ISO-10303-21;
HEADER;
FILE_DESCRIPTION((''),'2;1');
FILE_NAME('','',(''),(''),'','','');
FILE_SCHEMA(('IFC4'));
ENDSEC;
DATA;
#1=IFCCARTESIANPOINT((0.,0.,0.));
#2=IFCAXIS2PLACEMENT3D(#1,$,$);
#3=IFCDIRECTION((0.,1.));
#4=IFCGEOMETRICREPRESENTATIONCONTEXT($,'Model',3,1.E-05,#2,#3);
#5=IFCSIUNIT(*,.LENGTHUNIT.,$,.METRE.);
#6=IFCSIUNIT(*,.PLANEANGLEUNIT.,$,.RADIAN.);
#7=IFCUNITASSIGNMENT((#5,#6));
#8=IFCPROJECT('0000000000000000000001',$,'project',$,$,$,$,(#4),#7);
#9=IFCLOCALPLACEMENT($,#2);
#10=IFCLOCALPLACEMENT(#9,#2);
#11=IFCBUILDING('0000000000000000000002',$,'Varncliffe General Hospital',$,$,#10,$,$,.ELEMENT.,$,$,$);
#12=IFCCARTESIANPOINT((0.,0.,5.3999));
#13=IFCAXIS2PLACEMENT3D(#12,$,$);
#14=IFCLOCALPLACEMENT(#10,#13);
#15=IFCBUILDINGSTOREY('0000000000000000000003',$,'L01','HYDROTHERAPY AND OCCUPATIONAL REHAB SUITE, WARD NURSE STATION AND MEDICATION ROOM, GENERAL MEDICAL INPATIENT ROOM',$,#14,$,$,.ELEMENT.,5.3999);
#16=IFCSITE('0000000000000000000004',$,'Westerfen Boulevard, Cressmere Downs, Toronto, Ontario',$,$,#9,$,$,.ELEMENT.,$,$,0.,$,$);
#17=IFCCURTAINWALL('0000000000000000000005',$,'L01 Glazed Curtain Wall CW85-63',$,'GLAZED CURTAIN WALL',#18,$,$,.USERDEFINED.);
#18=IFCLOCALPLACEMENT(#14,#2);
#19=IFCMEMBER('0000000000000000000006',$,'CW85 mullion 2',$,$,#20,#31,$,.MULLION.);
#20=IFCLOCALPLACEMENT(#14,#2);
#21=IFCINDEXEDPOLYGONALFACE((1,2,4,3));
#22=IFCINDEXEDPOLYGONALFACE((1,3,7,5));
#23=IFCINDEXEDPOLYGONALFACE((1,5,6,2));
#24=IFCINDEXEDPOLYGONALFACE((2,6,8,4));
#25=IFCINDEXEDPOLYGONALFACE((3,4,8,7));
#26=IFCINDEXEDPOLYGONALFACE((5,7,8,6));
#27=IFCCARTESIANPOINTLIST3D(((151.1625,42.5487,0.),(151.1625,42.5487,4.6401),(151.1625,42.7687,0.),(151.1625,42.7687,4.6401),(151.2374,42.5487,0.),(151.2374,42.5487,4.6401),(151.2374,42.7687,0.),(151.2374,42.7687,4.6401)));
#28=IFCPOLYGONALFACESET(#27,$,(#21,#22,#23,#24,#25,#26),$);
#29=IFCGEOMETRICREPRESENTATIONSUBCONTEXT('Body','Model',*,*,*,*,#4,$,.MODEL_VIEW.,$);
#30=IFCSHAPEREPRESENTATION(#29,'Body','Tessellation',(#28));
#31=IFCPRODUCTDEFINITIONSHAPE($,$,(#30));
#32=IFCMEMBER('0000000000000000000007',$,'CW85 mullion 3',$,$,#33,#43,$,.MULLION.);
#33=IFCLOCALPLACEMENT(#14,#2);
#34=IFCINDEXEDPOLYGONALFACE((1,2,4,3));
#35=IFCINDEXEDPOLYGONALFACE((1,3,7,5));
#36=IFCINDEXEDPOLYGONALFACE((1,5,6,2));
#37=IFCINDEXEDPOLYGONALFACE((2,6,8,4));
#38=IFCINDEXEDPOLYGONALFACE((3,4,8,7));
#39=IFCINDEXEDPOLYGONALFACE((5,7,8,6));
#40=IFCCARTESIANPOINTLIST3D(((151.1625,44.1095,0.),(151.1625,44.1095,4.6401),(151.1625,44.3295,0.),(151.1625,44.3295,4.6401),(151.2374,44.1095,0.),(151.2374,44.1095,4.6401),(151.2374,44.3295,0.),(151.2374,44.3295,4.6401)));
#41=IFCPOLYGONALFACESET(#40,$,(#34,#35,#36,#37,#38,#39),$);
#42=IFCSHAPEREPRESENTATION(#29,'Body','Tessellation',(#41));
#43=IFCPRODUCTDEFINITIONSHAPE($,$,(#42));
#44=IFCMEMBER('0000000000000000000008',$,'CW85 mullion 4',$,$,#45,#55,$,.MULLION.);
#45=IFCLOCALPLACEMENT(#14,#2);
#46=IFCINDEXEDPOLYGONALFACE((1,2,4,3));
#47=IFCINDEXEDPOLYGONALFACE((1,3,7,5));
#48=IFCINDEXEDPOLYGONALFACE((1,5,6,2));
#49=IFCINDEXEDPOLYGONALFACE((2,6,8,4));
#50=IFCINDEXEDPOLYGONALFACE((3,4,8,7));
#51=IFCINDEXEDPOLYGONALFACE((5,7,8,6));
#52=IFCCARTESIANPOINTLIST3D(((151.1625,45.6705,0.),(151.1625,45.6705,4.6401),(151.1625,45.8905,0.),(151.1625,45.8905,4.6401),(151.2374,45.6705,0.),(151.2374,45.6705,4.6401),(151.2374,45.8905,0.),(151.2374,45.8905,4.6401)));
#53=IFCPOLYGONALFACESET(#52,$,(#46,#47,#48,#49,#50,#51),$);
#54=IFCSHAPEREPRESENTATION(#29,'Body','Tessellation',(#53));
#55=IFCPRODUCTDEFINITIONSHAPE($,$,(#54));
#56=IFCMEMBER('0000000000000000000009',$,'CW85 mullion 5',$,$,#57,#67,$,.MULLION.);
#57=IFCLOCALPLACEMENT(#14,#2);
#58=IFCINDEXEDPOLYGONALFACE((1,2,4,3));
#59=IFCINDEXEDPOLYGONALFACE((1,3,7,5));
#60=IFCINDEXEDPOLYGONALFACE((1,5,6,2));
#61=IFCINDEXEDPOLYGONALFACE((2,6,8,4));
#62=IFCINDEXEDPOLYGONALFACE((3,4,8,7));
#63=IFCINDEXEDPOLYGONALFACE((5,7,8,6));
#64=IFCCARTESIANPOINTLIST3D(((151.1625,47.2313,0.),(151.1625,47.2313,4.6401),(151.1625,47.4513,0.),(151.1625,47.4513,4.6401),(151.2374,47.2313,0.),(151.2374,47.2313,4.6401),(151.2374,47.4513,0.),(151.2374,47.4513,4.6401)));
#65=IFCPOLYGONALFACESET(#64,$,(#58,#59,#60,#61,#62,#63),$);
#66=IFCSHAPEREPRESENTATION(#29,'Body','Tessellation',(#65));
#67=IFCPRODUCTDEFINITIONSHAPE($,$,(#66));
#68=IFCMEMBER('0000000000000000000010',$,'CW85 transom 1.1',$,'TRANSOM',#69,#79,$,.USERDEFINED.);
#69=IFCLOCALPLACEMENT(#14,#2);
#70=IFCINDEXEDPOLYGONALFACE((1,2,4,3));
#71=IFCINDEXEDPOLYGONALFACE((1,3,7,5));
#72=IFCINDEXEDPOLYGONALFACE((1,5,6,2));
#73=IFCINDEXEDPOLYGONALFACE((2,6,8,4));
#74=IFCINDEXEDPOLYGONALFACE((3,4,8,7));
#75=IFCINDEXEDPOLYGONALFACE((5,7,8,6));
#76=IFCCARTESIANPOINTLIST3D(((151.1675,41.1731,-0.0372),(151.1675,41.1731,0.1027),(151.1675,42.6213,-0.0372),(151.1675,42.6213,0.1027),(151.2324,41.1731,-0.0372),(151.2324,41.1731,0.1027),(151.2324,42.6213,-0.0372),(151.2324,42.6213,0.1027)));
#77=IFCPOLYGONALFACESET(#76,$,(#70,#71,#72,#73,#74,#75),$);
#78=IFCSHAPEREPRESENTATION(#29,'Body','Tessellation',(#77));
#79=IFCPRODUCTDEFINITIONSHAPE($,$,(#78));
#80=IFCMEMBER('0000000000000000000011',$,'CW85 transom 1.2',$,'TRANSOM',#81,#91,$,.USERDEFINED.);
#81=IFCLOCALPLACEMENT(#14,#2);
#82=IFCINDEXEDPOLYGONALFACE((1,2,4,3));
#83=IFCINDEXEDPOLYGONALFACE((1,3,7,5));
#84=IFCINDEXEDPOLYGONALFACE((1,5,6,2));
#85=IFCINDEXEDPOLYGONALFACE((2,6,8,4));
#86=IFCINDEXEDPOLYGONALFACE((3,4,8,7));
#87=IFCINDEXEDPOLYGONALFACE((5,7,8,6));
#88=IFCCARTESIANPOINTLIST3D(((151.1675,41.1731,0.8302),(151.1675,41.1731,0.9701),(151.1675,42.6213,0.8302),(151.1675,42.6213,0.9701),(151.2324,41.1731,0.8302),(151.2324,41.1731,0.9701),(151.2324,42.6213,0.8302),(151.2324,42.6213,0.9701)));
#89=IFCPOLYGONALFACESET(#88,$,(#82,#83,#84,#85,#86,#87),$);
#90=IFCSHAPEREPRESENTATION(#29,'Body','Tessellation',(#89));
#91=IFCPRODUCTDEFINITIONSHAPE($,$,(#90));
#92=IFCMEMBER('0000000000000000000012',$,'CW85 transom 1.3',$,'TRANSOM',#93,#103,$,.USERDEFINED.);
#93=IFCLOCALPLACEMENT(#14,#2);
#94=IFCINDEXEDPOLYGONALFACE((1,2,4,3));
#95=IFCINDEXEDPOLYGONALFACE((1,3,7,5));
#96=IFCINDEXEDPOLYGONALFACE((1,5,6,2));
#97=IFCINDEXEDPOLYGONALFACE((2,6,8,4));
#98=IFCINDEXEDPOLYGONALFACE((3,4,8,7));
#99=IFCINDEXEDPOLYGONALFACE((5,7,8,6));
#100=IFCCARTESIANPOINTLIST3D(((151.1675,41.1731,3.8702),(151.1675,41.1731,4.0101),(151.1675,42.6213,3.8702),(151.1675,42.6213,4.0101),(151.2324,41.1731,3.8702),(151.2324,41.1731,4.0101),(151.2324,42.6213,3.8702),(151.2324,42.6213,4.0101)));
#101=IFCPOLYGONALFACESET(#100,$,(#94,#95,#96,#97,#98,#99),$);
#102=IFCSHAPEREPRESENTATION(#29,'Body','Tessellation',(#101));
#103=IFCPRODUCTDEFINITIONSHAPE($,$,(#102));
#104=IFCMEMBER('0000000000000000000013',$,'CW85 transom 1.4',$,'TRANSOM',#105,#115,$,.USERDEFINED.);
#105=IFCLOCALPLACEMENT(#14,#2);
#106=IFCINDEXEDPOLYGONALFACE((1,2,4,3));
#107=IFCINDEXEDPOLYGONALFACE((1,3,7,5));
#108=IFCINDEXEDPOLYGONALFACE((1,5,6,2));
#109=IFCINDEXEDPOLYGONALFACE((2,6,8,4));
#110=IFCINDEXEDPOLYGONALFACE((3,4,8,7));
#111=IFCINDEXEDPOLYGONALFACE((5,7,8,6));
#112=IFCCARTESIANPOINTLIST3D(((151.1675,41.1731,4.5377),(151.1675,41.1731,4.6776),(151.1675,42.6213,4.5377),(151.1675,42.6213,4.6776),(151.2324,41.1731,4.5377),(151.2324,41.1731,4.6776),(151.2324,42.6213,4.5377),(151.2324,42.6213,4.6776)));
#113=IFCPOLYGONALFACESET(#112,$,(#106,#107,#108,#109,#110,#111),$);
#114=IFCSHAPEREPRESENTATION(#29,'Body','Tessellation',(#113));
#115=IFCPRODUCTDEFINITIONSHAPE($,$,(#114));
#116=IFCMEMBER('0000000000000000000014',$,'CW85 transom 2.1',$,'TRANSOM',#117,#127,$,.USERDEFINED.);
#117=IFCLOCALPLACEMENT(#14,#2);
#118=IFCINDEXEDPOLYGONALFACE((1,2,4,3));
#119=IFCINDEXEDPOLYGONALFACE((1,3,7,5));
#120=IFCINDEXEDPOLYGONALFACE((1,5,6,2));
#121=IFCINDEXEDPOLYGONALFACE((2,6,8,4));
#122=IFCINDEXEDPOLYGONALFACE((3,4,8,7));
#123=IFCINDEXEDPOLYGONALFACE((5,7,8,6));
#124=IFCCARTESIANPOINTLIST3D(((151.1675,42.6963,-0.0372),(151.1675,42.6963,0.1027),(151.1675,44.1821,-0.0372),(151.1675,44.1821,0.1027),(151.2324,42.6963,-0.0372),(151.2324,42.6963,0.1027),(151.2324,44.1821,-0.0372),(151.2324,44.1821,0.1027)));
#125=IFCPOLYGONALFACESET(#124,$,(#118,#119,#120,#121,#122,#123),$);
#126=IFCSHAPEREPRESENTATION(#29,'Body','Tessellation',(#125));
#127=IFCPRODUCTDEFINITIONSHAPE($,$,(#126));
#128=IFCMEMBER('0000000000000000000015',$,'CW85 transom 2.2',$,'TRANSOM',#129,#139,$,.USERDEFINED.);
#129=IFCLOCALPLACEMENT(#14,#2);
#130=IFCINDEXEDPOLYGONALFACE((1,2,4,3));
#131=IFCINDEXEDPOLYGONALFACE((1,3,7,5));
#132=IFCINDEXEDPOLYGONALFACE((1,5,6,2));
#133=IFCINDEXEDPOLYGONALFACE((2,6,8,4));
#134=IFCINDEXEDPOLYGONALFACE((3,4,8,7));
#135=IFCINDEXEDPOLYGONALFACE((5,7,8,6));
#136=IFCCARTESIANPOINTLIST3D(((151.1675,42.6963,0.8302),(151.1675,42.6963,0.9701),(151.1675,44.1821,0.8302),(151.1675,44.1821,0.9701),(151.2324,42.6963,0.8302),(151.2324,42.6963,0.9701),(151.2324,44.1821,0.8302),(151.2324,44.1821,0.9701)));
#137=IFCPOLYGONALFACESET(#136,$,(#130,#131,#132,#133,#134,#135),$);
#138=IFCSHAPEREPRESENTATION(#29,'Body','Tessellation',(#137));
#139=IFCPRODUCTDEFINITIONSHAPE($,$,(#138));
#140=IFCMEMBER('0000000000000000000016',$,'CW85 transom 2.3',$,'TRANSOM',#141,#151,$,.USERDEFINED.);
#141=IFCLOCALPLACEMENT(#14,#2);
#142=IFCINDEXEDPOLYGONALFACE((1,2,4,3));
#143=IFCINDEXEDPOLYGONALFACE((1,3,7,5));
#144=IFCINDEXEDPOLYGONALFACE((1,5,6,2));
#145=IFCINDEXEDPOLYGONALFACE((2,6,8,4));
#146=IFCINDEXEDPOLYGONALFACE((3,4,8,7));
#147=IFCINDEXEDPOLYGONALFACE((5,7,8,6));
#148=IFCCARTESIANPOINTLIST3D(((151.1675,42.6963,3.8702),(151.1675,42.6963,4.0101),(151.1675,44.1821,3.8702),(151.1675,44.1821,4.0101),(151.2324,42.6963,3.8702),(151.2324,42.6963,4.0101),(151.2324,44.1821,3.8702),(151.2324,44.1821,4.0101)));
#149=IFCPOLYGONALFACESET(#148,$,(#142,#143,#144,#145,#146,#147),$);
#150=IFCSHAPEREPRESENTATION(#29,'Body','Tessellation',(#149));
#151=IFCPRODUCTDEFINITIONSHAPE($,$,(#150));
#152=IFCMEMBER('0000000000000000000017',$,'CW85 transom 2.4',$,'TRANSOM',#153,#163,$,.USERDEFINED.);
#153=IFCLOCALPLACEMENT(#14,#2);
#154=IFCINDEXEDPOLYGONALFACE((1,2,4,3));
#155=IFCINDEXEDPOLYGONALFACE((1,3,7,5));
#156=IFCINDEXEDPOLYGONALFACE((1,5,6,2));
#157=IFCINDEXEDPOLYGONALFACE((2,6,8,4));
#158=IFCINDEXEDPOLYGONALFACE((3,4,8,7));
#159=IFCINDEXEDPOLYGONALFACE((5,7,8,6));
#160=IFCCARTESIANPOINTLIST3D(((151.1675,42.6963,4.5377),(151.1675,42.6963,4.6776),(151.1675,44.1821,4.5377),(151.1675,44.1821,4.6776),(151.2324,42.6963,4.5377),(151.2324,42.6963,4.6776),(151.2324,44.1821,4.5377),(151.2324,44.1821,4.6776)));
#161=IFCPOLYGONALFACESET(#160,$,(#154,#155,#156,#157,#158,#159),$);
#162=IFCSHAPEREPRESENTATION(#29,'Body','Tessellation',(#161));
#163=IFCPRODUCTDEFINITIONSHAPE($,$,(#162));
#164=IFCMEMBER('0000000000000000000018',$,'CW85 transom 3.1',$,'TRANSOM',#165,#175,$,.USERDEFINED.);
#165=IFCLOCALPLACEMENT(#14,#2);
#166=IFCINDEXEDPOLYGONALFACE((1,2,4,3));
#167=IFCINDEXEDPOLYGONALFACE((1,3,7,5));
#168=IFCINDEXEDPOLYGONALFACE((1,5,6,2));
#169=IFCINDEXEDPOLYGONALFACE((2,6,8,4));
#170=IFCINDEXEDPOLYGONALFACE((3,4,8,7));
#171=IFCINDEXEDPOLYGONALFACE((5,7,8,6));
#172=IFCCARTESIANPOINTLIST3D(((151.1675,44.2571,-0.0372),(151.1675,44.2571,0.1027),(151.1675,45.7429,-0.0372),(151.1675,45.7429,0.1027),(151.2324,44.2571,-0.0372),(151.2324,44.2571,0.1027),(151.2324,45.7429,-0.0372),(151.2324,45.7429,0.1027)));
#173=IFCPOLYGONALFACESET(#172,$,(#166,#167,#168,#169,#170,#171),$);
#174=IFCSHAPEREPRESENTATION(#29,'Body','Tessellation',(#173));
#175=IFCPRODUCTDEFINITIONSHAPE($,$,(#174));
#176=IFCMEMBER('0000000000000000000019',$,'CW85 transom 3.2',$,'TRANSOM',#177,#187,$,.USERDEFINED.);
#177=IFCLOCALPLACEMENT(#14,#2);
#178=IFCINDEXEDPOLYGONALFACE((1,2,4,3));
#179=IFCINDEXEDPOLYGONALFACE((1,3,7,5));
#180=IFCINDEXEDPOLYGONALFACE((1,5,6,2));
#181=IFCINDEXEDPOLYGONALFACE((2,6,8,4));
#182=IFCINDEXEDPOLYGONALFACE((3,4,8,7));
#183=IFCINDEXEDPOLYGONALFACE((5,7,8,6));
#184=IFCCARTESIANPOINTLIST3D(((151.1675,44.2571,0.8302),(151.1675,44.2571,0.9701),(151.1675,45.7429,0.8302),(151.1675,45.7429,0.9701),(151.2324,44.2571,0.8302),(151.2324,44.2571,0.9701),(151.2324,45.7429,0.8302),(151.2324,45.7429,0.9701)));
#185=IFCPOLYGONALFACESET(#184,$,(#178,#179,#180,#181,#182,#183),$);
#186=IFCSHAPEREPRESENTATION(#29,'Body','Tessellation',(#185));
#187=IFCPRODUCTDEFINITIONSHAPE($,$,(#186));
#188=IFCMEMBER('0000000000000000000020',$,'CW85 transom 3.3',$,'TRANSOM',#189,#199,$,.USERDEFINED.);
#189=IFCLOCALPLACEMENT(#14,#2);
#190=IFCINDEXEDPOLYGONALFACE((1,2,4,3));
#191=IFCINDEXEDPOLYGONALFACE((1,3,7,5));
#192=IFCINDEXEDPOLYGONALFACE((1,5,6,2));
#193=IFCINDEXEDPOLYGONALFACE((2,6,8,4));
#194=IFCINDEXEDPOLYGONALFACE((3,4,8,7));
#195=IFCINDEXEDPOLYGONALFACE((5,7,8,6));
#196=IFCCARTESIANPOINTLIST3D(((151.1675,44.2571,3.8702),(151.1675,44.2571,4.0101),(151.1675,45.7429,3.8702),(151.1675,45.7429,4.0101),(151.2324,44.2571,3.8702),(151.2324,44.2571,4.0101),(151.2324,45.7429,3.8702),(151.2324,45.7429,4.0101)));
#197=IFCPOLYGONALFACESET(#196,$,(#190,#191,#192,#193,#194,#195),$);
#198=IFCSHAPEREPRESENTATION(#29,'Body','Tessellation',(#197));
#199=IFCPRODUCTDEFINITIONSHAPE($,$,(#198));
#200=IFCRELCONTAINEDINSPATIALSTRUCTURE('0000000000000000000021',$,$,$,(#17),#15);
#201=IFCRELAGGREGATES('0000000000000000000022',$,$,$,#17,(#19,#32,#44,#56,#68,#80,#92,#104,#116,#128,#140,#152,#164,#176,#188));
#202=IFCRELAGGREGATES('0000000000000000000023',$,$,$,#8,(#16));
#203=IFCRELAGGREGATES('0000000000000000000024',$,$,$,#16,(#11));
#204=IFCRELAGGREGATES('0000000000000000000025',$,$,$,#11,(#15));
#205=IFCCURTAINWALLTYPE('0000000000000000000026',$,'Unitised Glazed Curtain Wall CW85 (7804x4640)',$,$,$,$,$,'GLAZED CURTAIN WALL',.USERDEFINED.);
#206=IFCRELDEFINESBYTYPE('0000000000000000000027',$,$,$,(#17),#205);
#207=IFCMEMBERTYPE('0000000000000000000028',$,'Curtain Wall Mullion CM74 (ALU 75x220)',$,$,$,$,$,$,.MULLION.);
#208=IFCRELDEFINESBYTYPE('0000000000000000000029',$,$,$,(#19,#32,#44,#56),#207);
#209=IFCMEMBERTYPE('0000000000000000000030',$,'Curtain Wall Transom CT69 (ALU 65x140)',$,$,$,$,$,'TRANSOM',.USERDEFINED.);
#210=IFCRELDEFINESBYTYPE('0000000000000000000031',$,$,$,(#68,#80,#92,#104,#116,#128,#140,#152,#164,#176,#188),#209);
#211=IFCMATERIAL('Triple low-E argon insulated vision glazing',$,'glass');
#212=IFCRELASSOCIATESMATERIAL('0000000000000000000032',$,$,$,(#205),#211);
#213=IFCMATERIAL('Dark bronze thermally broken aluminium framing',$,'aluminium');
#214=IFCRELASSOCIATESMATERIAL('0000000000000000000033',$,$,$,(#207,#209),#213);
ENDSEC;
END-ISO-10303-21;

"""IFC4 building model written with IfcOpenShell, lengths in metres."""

from ifc_helpers import new_model, si_unit, direction, frame, origin, origin_2d, place, context, subcontext, project, spatial, rectangle, extrude, material, material_profile, profile_set, type_object, element, aggregate, save


model = new_model("IFC4")

# Units and contexts
model_context = context("Model", 3, precision=1e-05, world=origin(), true_north=direction((0.0, 1.0)))
body_context = subcontext(model_context, "Body", "Model", "MODEL_VIEW")
ifc_project = project(units=[si_unit("LENGTHUNIT", "METRE"), si_unit("PLANEANGLEUNIT", "RADIAN")], contexts=[model_context])

# Site, building, storey
site_placement = place(None, origin())
site = spatial("IfcSite", under=ifc_project, at=site_placement, Name="Westerfen Boulevard, Cressmere Downs, Toronto, Ontario", CompositionType="ELEMENT", RefElevation=0.0)
building_placement = place(site_placement, origin())
building = spatial("IfcBuilding", under=site, at=building_placement, Name="Varncliffe General Hospital", CompositionType="ELEMENT")
storey_placement = place(building_placement, frame((0.0, 0.0, 5.3999)))
storey = spatial("IfcBuildingStorey", under=building, at=storey_placement, Name="L01", Description="HYDROTHERAPY AND OCCUPATIONAL REHAB SUITE, WARD NURSE STATION AND MEDICATION ROOM, GENERAL MEDICAL INPATIENT ROOM", CompositionType="ELEMENT", Elevation=5.3999)

# Curtain wall, members
ifc_material_1 = material(Name="Triple low-E argon insulated vision glazing", Category="glass")
curtain_wall_type = type_object("IfcCurtainWallType", Name="Unitised Glazed Curtain Wall CW85 (7804x4640)", ElementType="GLAZED CURTAIN WALL", PredefinedType="USERDEFINED", material=ifc_material_1)
curtain_wall_placement = place(storey_placement, origin())
curtain_wall = element("IfcCurtainWall", 1, at=curtain_wall_placement, inside=storey, type_object=curtain_wall_type, Name="L01 Glazed Curtain Wall CW85-63", ObjectType="GLAZED CURTAIN WALL", PredefinedType="USERDEFINED")
ifc_material_2 = material(Name="Dark bronze thermally broken aluminium framing", Category="aluminium")
ifc_material_profile_1 = material_profile(ifc_material_2, rectangle(XDim=0.075, YDim=0.22, at=origin_2d()), Name="ALU 75x220")
ifc_profile_set_1 = profile_set([ifc_material_profile_1], Name="Dark bronze thermally broken aluminium framing")
member_type_1 = type_object("IfcMemberType", Name="Curtain Wall Mullion CM74 (ALU 75x220)", PredefinedType="MULLION", material=ifc_profile_set_1)
member_1_placement = place(storey_placement, frame((151.2, 42.6587, 0.0), z_axis=(0.0, 0.0, 1.0), x_axis=(-1.0, 0.0, 0.0)))
member_1 = element("IfcMember", 2, at=member_1_placement, type_object=member_type_1, Name="CW85 mullion 2", PredefinedType="MULLION", context=body_context, shape_type="SweptSolid", body=[
    extrude(rectangle(XDim=0.075, YDim=0.22, at=origin_2d()), origin(), (0.0, 0.0, 1.0), 4.6401),
])
member_2_placement = place(storey_placement, frame((151.2, 44.2195, 0.0), z_axis=(0.0, 0.0, 1.0), x_axis=(-1.0, 0.0, 0.0)))
member_2 = element("IfcMember", 3, at=member_2_placement, type_object=member_type_1, Name="CW85 mullion 3", PredefinedType="MULLION", context=body_context, shape_type="SweptSolid", body=[
    extrude(rectangle(XDim=0.075, YDim=0.22, at=origin_2d()), origin(), (0.0, 0.0, 1.0), 4.6401),
])
member_3_placement = place(storey_placement, frame((151.2, 45.7805, 0.0), z_axis=(0.0, 0.0, 1.0), x_axis=(-1.0, 0.0, 0.0)))
member_3 = element("IfcMember", 4, at=member_3_placement, type_object=member_type_1, Name="CW85 mullion 4", PredefinedType="MULLION", context=body_context, shape_type="SweptSolid", body=[
    extrude(rectangle(XDim=0.075, YDim=0.22, at=origin_2d()), origin(), (0.0, 0.0, 1.0), 4.6401),
])
member_4_placement = place(storey_placement, frame((151.2, 47.3413, 0.0), z_axis=(0.0, 0.0, 1.0), x_axis=(-1.0, 0.0, 0.0)))
member_4 = element("IfcMember", 5, at=member_4_placement, type_object=member_type_1, Name="CW85 mullion 5", PredefinedType="MULLION", context=body_context, shape_type="SweptSolid", body=[
    extrude(rectangle(XDim=0.075, YDim=0.22, at=origin_2d()), origin(), (0.0, 0.0, 1.0), 4.6401),
])
ifc_material_profile_2 = material_profile(ifc_material_2, rectangle(XDim=0.0649, YDim=0.1399, at=origin_2d()), Name="ALU 65x140")
ifc_profile_set_2 = profile_set([ifc_material_profile_2], Name="Dark bronze thermally broken aluminium framing")
member_type_2 = type_object("IfcMemberType", Name="Curtain Wall Transom CT69 (ALU 65x140)", ElementType="TRANSOM", PredefinedType="USERDEFINED", material=ifc_profile_set_2)
member_5_placement = place(storey_placement, frame((151.2, 41.1731, 0.0327), z_axis=(0.0, 1.0, 0.0), x_axis=(-1.0, 0.0, 0.0)))
member_5 = element("IfcMember", 6, at=member_5_placement, type_object=member_type_2, Name="CW85 transom 1.1", ObjectType="TRANSOM", PredefinedType="USERDEFINED", context=body_context, shape_type="SweptSolid", body=[
    extrude(rectangle(XDim=0.0649, YDim=0.1399, at=origin_2d()), origin(), (0.0, 0.0, 1.0), 1.4482),
])
member_6_placement = place(storey_placement, frame((151.2, 41.1731, 0.9001), z_axis=(0.0, 1.0, 0.0), x_axis=(-1.0, 0.0, 0.0)))
member_6 = element("IfcMember", 7, at=member_6_placement, type_object=member_type_2, Name="CW85 transom 1.2", ObjectType="TRANSOM", PredefinedType="USERDEFINED", context=body_context, shape_type="SweptSolid", body=[
    extrude(rectangle(XDim=0.0649, YDim=0.1399, at=origin_2d()), origin(), (0.0, 0.0, 1.0), 1.4482),
])
member_7_placement = place(storey_placement, frame((151.2, 41.1731, 3.9402), z_axis=(0.0, 1.0, 0.0), x_axis=(-1.0, 0.0, 0.0)))
member_7 = element("IfcMember", 8, at=member_7_placement, type_object=member_type_2, Name="CW85 transom 1.3", ObjectType="TRANSOM", PredefinedType="USERDEFINED", context=body_context, shape_type="SweptSolid", body=[
    extrude(rectangle(XDim=0.0649, YDim=0.1399, at=origin_2d()), origin(), (0.0, 0.0, 1.0), 1.4482),
])
member_8_placement = place(storey_placement, frame((151.2, 41.1731, 4.6077), z_axis=(0.0, 1.0, 0.0), x_axis=(-1.0, 0.0, 0.0)))
member_8 = element("IfcMember", 9, at=member_8_placement, type_object=member_type_2, Name="CW85 transom 1.4", ObjectType="TRANSOM", PredefinedType="USERDEFINED", context=body_context, shape_type="SweptSolid", body=[
    extrude(rectangle(XDim=0.0649, YDim=0.1399, at=origin_2d()), origin(), (0.0, 0.0, 1.0), 1.4482),
])
member_9_placement = place(storey_placement, frame((151.2, 42.6963, 0.0327), z_axis=(0.0, 1.0, 0.0), x_axis=(-1.0, 0.0, 0.0)))
member_9 = element("IfcMember", 10, at=member_9_placement, type_object=member_type_2, Name="CW85 transom 2.1", ObjectType="TRANSOM", PredefinedType="USERDEFINED", context=body_context, shape_type="SweptSolid", body=[
    extrude(rectangle(XDim=0.0649, YDim=0.1399, at=origin_2d()), origin(), (0.0, 0.0, 1.0), 1.4858),
])
member_10_placement = place(storey_placement, frame((151.2, 42.6963, 0.9001), z_axis=(0.0, 1.0, 0.0), x_axis=(-1.0, 0.0, 0.0)))
member_10 = element("IfcMember", 11, at=member_10_placement, type_object=member_type_2, Name="CW85 transom 2.2", ObjectType="TRANSOM", PredefinedType="USERDEFINED", context=body_context, shape_type="SweptSolid", body=[
    extrude(rectangle(XDim=0.0649, YDim=0.1399, at=origin_2d()), origin(), (0.0, 0.0, 1.0), 1.4858),
])
member_11_placement = place(storey_placement, frame((151.2, 42.6963, 3.9402), z_axis=(0.0, 1.0, 0.0), x_axis=(-1.0, 0.0, 0.0)))
member_11 = element("IfcMember", 12, at=member_11_placement, type_object=member_type_2, Name="CW85 transom 2.3", ObjectType="TRANSOM", PredefinedType="USERDEFINED", context=body_context, shape_type="SweptSolid", body=[
    extrude(rectangle(XDim=0.0649, YDim=0.1399, at=origin_2d()), origin(), (0.0, 0.0, 1.0), 1.4858),
])
member_12_placement = place(storey_placement, frame((151.2, 42.6963, 4.6077), z_axis=(0.0, 1.0, 0.0), x_axis=(-1.0, 0.0, 0.0)))
member_12 = element("IfcMember", 13, at=member_12_placement, type_object=member_type_2, Name="CW85 transom 2.4", ObjectType="TRANSOM", PredefinedType="USERDEFINED", context=body_context, shape_type="SweptSolid", body=[
    extrude(rectangle(XDim=0.0649, YDim=0.1399, at=origin_2d()), origin(), (0.0, 0.0, 1.0), 1.4858),
])
member_13_placement = place(storey_placement, frame((151.2, 44.2571, 0.0327), z_axis=(0.0, 1.0, 0.0), x_axis=(-1.0, 0.0, 0.0)))
member_13 = element("IfcMember", 14, at=member_13_placement, type_object=member_type_2, Name="CW85 transom 3.1", ObjectType="TRANSOM", PredefinedType="USERDEFINED", context=body_context, shape_type="SweptSolid", body=[
    extrude(rectangle(XDim=0.0649, YDim=0.1399, at=origin_2d()), origin(), (0.0, 0.0, 1.0), 1.4858),
])
member_14_placement = place(storey_placement, frame((151.2, 44.2571, 0.9001), z_axis=(0.0, 1.0, 0.0), x_axis=(-1.0, 0.0, 0.0)))
member_14 = element("IfcMember", 15, at=member_14_placement, type_object=member_type_2, Name="CW85 transom 3.2", ObjectType="TRANSOM", PredefinedType="USERDEFINED", context=body_context, shape_type="SweptSolid", body=[
    extrude(rectangle(XDim=0.0649, YDim=0.1399, at=origin_2d()), origin(), (0.0, 0.0, 1.0), 1.4858),
])
member_15_placement = place(storey_placement, frame((151.2, 44.2571, 3.9402), z_axis=(0.0, 1.0, 0.0), x_axis=(-1.0, 0.0, 0.0)))
member_15 = element("IfcMember", 16, at=member_15_placement, type_object=member_type_2, Name="CW85 transom 3.3", ObjectType="TRANSOM", PredefinedType="USERDEFINED", context=body_context, shape_type="SweptSolid", body=[
    extrude(rectangle(XDim=0.0649, YDim=0.1399, at=origin_2d()), origin(), (0.0, 0.0, 1.0), 1.4858),
])
aggregate(curtain_wall, [member_1, member_2, member_3, member_4, member_5, member_6, member_7, member_8, member_9, member_10, member_11, member_12, member_13, member_14, member_15])

save(model, "model.ifc")
